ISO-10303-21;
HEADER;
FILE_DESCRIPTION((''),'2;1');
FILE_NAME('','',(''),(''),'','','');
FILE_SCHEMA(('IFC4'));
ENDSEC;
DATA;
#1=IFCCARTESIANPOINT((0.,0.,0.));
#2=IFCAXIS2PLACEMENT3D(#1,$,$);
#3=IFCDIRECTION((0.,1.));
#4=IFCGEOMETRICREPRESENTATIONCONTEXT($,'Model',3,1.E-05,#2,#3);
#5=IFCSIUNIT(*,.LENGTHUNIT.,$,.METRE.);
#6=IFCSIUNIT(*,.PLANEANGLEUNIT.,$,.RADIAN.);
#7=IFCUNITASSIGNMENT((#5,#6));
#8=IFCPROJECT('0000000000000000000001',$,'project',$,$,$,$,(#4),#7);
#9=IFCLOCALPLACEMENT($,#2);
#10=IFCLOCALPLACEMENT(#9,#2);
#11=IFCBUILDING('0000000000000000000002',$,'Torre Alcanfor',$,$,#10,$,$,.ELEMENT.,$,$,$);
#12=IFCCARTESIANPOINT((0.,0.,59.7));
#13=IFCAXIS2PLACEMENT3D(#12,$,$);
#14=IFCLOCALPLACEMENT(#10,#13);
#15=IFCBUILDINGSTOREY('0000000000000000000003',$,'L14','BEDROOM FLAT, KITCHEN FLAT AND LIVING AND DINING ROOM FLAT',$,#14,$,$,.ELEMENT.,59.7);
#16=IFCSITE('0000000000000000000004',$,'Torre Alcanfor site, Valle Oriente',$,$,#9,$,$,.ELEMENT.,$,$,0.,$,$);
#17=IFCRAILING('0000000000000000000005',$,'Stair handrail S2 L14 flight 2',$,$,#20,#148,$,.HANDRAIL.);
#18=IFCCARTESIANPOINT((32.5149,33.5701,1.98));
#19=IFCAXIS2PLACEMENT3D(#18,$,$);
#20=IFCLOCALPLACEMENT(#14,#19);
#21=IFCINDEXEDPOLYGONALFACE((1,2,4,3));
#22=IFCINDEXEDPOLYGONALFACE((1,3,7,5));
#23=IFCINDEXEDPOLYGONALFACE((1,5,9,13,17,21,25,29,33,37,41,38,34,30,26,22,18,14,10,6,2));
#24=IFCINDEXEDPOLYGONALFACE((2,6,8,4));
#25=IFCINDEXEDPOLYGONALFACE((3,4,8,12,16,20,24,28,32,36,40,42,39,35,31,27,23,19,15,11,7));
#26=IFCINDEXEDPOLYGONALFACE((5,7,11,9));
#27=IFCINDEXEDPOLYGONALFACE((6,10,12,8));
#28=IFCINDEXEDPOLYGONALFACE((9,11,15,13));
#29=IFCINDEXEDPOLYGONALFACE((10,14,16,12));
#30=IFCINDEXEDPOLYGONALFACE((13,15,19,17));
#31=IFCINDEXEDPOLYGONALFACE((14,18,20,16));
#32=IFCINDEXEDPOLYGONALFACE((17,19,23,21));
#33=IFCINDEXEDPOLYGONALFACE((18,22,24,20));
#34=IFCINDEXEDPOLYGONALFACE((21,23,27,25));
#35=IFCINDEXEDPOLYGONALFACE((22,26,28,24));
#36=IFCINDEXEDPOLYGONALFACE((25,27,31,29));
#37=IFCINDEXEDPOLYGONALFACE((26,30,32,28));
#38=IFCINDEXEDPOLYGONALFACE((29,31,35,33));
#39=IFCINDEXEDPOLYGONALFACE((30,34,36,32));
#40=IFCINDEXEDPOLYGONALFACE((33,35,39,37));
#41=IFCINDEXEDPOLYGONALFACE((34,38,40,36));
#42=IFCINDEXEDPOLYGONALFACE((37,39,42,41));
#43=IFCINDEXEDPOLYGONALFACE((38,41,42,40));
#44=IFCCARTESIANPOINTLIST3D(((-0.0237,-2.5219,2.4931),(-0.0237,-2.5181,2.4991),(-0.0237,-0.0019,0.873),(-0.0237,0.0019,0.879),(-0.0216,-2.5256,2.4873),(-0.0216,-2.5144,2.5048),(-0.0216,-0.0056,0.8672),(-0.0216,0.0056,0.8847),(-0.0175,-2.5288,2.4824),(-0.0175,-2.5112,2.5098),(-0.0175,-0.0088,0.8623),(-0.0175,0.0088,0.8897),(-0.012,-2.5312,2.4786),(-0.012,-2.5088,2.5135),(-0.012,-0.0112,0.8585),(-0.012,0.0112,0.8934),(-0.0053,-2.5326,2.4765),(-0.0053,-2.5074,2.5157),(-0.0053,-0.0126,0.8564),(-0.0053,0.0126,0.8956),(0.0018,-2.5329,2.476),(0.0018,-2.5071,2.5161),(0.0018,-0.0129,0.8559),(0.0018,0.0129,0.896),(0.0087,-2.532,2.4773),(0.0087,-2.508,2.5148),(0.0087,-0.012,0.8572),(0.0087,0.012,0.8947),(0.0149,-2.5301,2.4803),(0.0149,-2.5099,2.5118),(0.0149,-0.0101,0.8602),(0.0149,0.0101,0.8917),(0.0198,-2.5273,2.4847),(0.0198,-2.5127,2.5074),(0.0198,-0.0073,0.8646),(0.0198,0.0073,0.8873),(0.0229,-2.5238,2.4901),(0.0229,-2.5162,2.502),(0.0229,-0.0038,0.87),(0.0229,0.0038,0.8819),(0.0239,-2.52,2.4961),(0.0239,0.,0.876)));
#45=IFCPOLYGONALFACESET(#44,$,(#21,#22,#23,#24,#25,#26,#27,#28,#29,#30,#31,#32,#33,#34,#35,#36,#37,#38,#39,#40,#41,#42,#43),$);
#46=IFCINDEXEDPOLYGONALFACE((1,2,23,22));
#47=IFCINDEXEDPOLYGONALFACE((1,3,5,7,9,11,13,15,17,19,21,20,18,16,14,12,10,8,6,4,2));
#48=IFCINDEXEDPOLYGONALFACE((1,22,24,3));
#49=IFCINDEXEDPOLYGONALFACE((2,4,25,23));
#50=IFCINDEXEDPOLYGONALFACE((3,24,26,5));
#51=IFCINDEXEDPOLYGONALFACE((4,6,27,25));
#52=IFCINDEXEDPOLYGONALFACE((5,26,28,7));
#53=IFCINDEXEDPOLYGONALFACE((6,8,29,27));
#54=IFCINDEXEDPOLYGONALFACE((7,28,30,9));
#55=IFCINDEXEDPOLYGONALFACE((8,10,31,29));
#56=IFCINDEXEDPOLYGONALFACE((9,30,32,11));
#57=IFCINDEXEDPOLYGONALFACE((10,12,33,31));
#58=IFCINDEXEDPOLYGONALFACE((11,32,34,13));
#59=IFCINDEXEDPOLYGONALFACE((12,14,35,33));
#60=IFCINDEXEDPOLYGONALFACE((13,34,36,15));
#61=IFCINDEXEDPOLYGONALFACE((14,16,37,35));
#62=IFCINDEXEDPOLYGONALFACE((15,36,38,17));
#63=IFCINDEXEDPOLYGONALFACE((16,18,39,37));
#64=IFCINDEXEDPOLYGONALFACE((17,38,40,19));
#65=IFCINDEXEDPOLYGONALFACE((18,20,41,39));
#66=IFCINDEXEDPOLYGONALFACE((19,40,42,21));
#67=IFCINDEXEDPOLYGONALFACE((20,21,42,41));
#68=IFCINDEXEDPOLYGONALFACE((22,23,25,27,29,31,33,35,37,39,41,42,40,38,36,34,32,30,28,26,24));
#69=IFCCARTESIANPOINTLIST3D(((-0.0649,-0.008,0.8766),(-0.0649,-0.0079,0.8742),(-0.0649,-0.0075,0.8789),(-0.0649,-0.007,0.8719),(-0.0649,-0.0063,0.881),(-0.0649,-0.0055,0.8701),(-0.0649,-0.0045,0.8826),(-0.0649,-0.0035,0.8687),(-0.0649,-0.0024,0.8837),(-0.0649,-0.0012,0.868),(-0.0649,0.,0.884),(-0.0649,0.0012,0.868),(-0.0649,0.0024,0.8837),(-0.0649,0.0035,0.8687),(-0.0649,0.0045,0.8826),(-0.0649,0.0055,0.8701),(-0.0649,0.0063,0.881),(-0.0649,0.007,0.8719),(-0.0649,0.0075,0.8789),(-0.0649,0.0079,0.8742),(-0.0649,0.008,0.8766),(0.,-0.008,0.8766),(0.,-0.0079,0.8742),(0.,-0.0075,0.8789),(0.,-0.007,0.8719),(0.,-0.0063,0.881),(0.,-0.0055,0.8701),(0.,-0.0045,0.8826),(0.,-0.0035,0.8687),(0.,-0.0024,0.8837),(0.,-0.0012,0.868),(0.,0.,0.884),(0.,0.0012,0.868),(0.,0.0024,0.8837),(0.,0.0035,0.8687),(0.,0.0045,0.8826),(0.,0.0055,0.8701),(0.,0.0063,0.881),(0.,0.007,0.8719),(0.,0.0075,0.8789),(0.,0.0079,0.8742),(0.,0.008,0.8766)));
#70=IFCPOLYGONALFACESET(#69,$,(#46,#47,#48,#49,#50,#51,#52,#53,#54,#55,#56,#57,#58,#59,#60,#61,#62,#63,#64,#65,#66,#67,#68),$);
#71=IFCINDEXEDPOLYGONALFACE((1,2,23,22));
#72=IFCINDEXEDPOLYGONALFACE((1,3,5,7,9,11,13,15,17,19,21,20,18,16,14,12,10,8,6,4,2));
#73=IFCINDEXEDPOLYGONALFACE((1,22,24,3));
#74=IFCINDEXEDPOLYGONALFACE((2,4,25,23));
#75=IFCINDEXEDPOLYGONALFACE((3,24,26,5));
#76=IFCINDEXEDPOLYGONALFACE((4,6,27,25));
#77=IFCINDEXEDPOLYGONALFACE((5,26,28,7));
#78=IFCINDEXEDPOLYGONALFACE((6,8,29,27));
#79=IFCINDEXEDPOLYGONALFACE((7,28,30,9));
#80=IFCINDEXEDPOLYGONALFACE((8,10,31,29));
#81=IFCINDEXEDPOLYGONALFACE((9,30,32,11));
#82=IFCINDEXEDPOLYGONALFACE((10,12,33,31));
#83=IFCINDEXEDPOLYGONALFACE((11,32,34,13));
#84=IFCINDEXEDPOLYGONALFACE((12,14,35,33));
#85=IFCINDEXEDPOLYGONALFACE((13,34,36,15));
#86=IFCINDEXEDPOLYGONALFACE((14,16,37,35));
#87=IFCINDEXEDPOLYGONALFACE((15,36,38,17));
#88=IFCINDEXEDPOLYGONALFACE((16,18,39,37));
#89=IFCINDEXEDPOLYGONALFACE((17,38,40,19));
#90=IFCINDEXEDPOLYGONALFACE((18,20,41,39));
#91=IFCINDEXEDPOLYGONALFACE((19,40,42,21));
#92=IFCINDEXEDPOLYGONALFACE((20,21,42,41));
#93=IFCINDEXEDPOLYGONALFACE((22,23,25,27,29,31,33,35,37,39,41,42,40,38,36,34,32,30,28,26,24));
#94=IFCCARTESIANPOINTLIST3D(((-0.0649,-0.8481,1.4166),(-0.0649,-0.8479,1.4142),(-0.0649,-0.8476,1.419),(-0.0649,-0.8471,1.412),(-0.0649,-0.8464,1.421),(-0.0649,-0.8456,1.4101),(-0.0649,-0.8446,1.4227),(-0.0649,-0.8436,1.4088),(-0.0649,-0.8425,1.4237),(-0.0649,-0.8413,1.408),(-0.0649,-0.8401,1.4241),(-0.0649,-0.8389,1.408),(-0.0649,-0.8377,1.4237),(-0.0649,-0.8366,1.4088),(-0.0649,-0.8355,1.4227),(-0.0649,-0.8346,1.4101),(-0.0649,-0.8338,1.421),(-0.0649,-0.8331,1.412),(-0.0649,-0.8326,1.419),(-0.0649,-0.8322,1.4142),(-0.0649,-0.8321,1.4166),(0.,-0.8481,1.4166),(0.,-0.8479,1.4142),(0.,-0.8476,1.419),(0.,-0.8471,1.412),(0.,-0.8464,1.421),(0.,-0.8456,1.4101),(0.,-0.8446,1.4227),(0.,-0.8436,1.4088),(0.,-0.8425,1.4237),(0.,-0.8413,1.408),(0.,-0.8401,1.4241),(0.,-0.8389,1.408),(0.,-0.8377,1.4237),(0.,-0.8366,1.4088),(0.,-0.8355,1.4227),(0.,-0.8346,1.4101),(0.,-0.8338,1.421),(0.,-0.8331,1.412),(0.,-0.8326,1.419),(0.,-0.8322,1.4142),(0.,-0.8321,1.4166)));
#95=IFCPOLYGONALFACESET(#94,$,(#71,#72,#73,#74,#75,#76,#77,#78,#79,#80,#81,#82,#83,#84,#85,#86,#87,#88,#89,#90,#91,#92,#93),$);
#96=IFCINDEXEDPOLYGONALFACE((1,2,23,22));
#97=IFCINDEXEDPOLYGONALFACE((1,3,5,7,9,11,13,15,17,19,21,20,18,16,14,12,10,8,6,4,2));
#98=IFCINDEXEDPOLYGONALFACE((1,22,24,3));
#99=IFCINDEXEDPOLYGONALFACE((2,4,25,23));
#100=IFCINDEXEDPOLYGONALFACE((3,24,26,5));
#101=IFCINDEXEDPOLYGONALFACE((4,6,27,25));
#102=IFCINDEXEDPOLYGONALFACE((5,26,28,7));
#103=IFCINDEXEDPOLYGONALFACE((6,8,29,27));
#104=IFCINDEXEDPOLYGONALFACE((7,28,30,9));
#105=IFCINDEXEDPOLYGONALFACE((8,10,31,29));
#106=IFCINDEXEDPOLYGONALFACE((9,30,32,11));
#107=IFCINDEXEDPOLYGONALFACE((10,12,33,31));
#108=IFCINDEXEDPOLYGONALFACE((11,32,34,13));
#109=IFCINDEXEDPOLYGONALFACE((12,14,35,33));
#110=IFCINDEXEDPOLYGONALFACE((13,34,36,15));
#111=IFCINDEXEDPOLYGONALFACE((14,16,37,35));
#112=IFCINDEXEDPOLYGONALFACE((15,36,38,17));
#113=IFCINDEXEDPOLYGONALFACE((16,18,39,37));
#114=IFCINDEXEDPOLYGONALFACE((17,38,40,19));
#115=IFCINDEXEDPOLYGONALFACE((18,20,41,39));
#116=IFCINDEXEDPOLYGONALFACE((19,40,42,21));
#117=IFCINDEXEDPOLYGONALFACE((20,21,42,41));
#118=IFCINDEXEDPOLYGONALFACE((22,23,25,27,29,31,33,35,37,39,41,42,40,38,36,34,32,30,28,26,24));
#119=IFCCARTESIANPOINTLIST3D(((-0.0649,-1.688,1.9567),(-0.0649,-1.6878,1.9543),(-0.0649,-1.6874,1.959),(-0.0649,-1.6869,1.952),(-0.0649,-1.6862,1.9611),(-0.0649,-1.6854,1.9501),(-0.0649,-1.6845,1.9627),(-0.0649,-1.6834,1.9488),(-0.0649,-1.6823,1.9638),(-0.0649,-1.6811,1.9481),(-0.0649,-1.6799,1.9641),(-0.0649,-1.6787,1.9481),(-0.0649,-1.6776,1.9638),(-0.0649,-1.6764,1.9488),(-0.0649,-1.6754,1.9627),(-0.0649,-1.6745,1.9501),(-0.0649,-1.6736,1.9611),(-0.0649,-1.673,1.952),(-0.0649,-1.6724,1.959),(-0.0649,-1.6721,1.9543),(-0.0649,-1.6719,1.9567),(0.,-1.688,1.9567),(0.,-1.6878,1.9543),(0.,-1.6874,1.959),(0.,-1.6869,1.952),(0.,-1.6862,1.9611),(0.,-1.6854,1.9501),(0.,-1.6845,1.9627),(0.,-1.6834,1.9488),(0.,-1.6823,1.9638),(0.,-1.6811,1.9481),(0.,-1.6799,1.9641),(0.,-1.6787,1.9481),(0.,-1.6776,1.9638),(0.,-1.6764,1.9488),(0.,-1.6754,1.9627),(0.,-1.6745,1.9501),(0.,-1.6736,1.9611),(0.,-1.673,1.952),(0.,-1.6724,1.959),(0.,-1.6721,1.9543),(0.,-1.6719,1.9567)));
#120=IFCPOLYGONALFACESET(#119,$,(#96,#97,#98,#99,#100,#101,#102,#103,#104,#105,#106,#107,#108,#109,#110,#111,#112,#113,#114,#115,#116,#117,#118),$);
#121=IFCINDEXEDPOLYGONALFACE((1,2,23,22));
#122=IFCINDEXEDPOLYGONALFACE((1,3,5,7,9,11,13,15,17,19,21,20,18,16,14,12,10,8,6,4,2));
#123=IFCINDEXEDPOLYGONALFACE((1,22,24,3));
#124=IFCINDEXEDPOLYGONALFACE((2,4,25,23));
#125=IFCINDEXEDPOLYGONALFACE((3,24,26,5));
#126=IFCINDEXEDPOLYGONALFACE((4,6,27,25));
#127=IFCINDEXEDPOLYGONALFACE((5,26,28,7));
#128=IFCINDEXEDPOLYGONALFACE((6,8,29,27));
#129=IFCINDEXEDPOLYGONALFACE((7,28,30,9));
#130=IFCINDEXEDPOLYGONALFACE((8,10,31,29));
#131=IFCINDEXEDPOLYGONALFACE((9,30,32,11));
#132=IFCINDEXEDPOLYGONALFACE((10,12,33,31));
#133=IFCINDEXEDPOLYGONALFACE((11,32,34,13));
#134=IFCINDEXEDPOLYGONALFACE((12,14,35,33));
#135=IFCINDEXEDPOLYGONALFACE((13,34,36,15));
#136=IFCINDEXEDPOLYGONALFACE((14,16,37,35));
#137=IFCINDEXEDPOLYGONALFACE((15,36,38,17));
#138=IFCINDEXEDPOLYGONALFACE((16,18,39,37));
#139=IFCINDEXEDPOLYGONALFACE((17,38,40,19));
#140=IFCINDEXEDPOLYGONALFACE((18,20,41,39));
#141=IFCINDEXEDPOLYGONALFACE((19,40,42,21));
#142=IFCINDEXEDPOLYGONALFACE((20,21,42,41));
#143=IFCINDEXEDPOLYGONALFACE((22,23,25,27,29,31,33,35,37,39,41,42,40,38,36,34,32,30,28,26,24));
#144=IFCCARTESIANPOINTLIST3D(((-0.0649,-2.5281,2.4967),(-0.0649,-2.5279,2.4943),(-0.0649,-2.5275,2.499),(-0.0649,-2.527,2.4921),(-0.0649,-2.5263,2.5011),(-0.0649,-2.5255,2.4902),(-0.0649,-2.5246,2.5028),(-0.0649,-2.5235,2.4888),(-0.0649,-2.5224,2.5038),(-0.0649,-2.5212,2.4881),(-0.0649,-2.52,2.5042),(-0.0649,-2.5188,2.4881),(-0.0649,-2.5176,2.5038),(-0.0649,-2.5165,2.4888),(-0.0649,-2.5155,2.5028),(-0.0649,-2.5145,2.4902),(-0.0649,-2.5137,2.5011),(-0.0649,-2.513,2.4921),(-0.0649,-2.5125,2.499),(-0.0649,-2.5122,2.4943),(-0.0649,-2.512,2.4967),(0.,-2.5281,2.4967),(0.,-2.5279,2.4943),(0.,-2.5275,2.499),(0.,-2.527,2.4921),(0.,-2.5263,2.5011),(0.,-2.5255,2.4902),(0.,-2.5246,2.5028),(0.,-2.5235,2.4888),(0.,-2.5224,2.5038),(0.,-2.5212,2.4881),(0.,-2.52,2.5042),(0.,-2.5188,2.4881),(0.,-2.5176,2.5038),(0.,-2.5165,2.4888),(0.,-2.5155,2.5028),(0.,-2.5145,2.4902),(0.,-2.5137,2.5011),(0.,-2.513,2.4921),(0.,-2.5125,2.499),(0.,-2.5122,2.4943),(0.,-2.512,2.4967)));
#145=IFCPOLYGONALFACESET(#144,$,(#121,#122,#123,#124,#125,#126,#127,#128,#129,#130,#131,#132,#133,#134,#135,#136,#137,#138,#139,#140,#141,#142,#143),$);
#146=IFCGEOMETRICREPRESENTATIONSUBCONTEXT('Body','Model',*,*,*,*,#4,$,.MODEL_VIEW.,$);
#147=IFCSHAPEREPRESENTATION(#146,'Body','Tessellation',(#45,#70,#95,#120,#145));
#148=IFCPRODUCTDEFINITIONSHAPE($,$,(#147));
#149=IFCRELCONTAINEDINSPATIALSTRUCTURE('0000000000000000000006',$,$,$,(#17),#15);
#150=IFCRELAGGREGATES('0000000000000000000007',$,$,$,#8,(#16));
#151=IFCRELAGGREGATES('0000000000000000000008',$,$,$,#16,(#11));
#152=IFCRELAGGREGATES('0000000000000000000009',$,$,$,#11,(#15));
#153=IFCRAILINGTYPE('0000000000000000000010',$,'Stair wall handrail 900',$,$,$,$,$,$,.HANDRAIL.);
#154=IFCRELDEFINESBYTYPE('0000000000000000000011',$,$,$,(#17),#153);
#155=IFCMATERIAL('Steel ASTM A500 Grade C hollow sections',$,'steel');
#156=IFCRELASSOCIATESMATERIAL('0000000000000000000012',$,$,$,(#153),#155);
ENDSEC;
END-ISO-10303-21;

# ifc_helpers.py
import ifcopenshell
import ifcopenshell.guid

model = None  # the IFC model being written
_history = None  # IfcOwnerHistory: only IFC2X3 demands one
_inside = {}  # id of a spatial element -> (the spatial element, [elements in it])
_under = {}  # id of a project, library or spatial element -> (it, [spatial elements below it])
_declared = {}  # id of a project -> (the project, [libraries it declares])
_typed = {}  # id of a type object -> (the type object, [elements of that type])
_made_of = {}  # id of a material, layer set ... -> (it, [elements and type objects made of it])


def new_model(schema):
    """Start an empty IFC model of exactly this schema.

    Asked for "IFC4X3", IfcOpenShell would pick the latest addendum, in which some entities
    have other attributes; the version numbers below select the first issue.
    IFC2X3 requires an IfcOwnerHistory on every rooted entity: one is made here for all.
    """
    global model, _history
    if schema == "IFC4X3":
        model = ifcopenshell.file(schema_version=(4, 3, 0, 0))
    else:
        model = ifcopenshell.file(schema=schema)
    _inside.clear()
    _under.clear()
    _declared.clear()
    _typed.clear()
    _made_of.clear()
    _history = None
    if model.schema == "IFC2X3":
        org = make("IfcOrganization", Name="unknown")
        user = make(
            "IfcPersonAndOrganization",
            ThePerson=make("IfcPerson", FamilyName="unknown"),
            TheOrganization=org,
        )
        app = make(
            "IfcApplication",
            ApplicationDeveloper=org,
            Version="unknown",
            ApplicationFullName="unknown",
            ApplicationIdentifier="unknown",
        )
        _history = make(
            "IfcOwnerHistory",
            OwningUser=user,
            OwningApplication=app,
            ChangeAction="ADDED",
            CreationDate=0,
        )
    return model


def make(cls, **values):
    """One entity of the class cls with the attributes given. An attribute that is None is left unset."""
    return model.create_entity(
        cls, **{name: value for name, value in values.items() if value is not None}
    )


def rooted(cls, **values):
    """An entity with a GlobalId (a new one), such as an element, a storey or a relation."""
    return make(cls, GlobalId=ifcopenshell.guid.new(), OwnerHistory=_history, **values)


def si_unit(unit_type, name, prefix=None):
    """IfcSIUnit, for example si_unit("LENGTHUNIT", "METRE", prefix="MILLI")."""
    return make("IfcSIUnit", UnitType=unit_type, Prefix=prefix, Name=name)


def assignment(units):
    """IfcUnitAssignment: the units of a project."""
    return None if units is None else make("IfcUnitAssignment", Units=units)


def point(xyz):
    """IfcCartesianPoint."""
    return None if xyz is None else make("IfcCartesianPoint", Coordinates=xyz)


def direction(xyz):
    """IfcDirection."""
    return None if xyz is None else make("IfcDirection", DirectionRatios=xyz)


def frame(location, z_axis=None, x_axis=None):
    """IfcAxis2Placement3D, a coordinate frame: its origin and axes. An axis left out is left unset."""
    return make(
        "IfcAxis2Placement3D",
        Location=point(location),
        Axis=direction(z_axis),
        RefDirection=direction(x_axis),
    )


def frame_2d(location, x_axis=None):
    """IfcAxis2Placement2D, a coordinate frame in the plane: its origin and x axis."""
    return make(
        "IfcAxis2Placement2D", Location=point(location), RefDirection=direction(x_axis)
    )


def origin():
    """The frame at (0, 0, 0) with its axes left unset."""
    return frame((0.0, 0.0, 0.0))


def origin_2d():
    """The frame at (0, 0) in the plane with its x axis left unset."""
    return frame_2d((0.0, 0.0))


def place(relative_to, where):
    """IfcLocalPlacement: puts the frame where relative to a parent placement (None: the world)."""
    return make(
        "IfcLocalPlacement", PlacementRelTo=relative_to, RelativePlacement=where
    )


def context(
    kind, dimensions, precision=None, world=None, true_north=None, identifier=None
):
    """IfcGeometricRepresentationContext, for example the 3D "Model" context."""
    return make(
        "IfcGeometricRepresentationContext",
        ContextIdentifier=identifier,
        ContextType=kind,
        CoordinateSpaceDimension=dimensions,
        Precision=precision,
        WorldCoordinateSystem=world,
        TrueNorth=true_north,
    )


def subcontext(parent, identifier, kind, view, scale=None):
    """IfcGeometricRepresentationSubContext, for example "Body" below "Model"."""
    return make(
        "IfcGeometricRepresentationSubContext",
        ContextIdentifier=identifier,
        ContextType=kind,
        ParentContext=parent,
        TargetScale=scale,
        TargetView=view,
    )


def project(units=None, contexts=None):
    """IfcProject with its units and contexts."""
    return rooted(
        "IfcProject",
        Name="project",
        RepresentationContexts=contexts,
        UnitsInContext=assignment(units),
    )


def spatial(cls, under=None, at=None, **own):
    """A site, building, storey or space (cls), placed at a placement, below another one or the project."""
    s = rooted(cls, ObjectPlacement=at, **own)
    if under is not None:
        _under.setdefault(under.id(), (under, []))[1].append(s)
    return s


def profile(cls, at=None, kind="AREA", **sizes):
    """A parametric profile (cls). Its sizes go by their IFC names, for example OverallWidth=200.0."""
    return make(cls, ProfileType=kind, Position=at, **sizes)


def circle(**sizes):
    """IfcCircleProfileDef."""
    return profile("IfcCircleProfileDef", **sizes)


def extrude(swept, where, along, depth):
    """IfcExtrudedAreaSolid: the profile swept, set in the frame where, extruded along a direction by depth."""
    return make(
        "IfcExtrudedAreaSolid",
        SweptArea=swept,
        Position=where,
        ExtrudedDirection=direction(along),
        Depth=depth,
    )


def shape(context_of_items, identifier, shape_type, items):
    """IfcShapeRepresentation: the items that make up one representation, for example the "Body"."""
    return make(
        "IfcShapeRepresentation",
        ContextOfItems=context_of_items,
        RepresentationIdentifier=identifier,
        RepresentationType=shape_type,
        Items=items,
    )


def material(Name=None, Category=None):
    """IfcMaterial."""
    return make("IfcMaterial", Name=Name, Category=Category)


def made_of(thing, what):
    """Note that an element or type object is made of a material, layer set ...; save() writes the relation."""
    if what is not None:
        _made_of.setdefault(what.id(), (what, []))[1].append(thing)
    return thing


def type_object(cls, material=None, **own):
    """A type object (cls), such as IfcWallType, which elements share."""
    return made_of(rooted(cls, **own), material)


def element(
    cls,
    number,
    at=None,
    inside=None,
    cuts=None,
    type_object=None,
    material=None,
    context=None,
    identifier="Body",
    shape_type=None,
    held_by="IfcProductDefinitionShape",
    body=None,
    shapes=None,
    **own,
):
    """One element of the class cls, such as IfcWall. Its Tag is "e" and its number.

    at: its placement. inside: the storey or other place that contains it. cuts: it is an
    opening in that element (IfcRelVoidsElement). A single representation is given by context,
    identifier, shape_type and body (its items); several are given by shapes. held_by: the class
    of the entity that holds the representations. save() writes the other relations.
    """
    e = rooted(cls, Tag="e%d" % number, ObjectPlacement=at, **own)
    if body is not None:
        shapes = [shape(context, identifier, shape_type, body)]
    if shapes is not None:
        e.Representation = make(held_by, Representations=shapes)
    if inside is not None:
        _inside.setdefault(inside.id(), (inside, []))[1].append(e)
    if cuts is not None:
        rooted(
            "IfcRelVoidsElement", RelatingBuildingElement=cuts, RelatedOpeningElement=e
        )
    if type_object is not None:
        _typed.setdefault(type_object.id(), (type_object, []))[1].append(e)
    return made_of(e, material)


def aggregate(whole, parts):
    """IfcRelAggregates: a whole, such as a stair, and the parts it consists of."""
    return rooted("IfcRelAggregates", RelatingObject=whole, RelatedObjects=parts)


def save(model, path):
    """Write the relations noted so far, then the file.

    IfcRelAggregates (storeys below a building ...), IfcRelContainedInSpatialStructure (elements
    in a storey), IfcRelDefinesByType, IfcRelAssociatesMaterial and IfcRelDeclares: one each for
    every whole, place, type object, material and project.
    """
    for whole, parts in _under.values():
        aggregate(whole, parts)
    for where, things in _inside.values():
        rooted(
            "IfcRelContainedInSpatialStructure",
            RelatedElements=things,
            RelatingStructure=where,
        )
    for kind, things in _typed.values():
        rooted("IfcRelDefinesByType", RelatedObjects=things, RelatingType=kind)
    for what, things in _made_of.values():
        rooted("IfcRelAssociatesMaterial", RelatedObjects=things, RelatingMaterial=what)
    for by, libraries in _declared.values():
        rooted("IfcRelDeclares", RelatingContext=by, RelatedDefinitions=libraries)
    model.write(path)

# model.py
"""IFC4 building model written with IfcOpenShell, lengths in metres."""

from ifc_helpers import new_model, si_unit, direction, frame, origin, origin_2d, place, context, subcontext, project, spatial, circle, extrude, material, type_object, element, save


model = new_model("IFC4")

# Units and contexts
model_context = context("Model", 3, precision=1e-05, world=origin(), true_north=direction((0.0, 1.0)))
body_context = subcontext(model_context, "Body", "Model", "MODEL_VIEW")
ifc_project = project(units=[si_unit("LENGTHUNIT", "METRE"), si_unit("PLANEANGLEUNIT", "RADIAN")], contexts=[model_context])

# Site, building, storey
site_placement = place(None, origin())
site = spatial("IfcSite", under=ifc_project, at=site_placement, Name="Torre Alcanfor site, Valle Oriente", CompositionType="ELEMENT", RefElevation=0.0)
building_placement = place(site_placement, origin())
building = spatial("IfcBuilding", under=site, at=building_placement, Name="Torre Alcanfor", CompositionType="ELEMENT")
storey_placement = place(building_placement, frame((0.0, 0.0, 59.7)))
storey = spatial("IfcBuildingStorey", under=building, at=storey_placement, Name="L14", Description="BEDROOM FLAT, KITCHEN FLAT AND LIVING AND DINING ROOM FLAT", CompositionType="ELEMENT", Elevation=59.7)

# Railing
ifc_material_1 = material(Name="Steel ASTM A500 Grade C hollow sections", Category="steel")
railing_type_1 = type_object("IfcRailingType", Name="Stair wall handrail 900", PredefinedType="HANDRAIL", material=ifc_material_1)
railing_1_placement = place(storey_placement, frame((32.5149, 33.5701, 1.98)))
element("IfcRailing", 1, at=railing_1_placement, inside=storey, type_object=railing_type_1, Name="Stair handrail S2 L14 flight 2", PredefinedType="HANDRAIL", context=body_context, shape_type="SweptSolid", body=[
    extrude(circle(Radius=0.0239, at=origin_2d()), frame((0.0, 0.0, 0.876), z_axis=(0.0, -0.841163, 0.540782), x_axis=(1.0, 0.0, 0.0)), (0.0, 0.0, 1.0), 2.9958),
    extrude(circle(Radius=0.0081, at=origin_2d()), frame((0.0, 0.0, 0.876), z_axis=(-1.0, 0.0, 0.0), x_axis=(0.0, 0.0, 1.0)), (0.0, 0.0, 1.0), 0.0649),
    extrude(circle(Radius=0.0081, at=origin_2d()), frame((0.0, -0.8401, 1.416), z_axis=(-1.0, 0.0, 0.0), x_axis=(0.0, 0.0, 1.0)), (0.0, 0.0, 1.0), 0.0649),
    extrude(circle(Radius=0.0081, at=origin_2d()), frame((0.0, -1.6799, 1.9561), z_axis=(-1.0, 0.0, 0.0), x_axis=(0.0, 0.0, 1.0)), (0.0, 0.0, 1.0), 0.0649),
    extrude(circle(Radius=0.0081, at=origin_2d()), frame((0.0, -2.52, 2.4961), z_axis=(-1.0, 0.0, 0.0), x_axis=(0.0, 0.0, 1.0)), (0.0, 0.0, 1.0), 0.0649),
])

save(model, "model.ifc")
